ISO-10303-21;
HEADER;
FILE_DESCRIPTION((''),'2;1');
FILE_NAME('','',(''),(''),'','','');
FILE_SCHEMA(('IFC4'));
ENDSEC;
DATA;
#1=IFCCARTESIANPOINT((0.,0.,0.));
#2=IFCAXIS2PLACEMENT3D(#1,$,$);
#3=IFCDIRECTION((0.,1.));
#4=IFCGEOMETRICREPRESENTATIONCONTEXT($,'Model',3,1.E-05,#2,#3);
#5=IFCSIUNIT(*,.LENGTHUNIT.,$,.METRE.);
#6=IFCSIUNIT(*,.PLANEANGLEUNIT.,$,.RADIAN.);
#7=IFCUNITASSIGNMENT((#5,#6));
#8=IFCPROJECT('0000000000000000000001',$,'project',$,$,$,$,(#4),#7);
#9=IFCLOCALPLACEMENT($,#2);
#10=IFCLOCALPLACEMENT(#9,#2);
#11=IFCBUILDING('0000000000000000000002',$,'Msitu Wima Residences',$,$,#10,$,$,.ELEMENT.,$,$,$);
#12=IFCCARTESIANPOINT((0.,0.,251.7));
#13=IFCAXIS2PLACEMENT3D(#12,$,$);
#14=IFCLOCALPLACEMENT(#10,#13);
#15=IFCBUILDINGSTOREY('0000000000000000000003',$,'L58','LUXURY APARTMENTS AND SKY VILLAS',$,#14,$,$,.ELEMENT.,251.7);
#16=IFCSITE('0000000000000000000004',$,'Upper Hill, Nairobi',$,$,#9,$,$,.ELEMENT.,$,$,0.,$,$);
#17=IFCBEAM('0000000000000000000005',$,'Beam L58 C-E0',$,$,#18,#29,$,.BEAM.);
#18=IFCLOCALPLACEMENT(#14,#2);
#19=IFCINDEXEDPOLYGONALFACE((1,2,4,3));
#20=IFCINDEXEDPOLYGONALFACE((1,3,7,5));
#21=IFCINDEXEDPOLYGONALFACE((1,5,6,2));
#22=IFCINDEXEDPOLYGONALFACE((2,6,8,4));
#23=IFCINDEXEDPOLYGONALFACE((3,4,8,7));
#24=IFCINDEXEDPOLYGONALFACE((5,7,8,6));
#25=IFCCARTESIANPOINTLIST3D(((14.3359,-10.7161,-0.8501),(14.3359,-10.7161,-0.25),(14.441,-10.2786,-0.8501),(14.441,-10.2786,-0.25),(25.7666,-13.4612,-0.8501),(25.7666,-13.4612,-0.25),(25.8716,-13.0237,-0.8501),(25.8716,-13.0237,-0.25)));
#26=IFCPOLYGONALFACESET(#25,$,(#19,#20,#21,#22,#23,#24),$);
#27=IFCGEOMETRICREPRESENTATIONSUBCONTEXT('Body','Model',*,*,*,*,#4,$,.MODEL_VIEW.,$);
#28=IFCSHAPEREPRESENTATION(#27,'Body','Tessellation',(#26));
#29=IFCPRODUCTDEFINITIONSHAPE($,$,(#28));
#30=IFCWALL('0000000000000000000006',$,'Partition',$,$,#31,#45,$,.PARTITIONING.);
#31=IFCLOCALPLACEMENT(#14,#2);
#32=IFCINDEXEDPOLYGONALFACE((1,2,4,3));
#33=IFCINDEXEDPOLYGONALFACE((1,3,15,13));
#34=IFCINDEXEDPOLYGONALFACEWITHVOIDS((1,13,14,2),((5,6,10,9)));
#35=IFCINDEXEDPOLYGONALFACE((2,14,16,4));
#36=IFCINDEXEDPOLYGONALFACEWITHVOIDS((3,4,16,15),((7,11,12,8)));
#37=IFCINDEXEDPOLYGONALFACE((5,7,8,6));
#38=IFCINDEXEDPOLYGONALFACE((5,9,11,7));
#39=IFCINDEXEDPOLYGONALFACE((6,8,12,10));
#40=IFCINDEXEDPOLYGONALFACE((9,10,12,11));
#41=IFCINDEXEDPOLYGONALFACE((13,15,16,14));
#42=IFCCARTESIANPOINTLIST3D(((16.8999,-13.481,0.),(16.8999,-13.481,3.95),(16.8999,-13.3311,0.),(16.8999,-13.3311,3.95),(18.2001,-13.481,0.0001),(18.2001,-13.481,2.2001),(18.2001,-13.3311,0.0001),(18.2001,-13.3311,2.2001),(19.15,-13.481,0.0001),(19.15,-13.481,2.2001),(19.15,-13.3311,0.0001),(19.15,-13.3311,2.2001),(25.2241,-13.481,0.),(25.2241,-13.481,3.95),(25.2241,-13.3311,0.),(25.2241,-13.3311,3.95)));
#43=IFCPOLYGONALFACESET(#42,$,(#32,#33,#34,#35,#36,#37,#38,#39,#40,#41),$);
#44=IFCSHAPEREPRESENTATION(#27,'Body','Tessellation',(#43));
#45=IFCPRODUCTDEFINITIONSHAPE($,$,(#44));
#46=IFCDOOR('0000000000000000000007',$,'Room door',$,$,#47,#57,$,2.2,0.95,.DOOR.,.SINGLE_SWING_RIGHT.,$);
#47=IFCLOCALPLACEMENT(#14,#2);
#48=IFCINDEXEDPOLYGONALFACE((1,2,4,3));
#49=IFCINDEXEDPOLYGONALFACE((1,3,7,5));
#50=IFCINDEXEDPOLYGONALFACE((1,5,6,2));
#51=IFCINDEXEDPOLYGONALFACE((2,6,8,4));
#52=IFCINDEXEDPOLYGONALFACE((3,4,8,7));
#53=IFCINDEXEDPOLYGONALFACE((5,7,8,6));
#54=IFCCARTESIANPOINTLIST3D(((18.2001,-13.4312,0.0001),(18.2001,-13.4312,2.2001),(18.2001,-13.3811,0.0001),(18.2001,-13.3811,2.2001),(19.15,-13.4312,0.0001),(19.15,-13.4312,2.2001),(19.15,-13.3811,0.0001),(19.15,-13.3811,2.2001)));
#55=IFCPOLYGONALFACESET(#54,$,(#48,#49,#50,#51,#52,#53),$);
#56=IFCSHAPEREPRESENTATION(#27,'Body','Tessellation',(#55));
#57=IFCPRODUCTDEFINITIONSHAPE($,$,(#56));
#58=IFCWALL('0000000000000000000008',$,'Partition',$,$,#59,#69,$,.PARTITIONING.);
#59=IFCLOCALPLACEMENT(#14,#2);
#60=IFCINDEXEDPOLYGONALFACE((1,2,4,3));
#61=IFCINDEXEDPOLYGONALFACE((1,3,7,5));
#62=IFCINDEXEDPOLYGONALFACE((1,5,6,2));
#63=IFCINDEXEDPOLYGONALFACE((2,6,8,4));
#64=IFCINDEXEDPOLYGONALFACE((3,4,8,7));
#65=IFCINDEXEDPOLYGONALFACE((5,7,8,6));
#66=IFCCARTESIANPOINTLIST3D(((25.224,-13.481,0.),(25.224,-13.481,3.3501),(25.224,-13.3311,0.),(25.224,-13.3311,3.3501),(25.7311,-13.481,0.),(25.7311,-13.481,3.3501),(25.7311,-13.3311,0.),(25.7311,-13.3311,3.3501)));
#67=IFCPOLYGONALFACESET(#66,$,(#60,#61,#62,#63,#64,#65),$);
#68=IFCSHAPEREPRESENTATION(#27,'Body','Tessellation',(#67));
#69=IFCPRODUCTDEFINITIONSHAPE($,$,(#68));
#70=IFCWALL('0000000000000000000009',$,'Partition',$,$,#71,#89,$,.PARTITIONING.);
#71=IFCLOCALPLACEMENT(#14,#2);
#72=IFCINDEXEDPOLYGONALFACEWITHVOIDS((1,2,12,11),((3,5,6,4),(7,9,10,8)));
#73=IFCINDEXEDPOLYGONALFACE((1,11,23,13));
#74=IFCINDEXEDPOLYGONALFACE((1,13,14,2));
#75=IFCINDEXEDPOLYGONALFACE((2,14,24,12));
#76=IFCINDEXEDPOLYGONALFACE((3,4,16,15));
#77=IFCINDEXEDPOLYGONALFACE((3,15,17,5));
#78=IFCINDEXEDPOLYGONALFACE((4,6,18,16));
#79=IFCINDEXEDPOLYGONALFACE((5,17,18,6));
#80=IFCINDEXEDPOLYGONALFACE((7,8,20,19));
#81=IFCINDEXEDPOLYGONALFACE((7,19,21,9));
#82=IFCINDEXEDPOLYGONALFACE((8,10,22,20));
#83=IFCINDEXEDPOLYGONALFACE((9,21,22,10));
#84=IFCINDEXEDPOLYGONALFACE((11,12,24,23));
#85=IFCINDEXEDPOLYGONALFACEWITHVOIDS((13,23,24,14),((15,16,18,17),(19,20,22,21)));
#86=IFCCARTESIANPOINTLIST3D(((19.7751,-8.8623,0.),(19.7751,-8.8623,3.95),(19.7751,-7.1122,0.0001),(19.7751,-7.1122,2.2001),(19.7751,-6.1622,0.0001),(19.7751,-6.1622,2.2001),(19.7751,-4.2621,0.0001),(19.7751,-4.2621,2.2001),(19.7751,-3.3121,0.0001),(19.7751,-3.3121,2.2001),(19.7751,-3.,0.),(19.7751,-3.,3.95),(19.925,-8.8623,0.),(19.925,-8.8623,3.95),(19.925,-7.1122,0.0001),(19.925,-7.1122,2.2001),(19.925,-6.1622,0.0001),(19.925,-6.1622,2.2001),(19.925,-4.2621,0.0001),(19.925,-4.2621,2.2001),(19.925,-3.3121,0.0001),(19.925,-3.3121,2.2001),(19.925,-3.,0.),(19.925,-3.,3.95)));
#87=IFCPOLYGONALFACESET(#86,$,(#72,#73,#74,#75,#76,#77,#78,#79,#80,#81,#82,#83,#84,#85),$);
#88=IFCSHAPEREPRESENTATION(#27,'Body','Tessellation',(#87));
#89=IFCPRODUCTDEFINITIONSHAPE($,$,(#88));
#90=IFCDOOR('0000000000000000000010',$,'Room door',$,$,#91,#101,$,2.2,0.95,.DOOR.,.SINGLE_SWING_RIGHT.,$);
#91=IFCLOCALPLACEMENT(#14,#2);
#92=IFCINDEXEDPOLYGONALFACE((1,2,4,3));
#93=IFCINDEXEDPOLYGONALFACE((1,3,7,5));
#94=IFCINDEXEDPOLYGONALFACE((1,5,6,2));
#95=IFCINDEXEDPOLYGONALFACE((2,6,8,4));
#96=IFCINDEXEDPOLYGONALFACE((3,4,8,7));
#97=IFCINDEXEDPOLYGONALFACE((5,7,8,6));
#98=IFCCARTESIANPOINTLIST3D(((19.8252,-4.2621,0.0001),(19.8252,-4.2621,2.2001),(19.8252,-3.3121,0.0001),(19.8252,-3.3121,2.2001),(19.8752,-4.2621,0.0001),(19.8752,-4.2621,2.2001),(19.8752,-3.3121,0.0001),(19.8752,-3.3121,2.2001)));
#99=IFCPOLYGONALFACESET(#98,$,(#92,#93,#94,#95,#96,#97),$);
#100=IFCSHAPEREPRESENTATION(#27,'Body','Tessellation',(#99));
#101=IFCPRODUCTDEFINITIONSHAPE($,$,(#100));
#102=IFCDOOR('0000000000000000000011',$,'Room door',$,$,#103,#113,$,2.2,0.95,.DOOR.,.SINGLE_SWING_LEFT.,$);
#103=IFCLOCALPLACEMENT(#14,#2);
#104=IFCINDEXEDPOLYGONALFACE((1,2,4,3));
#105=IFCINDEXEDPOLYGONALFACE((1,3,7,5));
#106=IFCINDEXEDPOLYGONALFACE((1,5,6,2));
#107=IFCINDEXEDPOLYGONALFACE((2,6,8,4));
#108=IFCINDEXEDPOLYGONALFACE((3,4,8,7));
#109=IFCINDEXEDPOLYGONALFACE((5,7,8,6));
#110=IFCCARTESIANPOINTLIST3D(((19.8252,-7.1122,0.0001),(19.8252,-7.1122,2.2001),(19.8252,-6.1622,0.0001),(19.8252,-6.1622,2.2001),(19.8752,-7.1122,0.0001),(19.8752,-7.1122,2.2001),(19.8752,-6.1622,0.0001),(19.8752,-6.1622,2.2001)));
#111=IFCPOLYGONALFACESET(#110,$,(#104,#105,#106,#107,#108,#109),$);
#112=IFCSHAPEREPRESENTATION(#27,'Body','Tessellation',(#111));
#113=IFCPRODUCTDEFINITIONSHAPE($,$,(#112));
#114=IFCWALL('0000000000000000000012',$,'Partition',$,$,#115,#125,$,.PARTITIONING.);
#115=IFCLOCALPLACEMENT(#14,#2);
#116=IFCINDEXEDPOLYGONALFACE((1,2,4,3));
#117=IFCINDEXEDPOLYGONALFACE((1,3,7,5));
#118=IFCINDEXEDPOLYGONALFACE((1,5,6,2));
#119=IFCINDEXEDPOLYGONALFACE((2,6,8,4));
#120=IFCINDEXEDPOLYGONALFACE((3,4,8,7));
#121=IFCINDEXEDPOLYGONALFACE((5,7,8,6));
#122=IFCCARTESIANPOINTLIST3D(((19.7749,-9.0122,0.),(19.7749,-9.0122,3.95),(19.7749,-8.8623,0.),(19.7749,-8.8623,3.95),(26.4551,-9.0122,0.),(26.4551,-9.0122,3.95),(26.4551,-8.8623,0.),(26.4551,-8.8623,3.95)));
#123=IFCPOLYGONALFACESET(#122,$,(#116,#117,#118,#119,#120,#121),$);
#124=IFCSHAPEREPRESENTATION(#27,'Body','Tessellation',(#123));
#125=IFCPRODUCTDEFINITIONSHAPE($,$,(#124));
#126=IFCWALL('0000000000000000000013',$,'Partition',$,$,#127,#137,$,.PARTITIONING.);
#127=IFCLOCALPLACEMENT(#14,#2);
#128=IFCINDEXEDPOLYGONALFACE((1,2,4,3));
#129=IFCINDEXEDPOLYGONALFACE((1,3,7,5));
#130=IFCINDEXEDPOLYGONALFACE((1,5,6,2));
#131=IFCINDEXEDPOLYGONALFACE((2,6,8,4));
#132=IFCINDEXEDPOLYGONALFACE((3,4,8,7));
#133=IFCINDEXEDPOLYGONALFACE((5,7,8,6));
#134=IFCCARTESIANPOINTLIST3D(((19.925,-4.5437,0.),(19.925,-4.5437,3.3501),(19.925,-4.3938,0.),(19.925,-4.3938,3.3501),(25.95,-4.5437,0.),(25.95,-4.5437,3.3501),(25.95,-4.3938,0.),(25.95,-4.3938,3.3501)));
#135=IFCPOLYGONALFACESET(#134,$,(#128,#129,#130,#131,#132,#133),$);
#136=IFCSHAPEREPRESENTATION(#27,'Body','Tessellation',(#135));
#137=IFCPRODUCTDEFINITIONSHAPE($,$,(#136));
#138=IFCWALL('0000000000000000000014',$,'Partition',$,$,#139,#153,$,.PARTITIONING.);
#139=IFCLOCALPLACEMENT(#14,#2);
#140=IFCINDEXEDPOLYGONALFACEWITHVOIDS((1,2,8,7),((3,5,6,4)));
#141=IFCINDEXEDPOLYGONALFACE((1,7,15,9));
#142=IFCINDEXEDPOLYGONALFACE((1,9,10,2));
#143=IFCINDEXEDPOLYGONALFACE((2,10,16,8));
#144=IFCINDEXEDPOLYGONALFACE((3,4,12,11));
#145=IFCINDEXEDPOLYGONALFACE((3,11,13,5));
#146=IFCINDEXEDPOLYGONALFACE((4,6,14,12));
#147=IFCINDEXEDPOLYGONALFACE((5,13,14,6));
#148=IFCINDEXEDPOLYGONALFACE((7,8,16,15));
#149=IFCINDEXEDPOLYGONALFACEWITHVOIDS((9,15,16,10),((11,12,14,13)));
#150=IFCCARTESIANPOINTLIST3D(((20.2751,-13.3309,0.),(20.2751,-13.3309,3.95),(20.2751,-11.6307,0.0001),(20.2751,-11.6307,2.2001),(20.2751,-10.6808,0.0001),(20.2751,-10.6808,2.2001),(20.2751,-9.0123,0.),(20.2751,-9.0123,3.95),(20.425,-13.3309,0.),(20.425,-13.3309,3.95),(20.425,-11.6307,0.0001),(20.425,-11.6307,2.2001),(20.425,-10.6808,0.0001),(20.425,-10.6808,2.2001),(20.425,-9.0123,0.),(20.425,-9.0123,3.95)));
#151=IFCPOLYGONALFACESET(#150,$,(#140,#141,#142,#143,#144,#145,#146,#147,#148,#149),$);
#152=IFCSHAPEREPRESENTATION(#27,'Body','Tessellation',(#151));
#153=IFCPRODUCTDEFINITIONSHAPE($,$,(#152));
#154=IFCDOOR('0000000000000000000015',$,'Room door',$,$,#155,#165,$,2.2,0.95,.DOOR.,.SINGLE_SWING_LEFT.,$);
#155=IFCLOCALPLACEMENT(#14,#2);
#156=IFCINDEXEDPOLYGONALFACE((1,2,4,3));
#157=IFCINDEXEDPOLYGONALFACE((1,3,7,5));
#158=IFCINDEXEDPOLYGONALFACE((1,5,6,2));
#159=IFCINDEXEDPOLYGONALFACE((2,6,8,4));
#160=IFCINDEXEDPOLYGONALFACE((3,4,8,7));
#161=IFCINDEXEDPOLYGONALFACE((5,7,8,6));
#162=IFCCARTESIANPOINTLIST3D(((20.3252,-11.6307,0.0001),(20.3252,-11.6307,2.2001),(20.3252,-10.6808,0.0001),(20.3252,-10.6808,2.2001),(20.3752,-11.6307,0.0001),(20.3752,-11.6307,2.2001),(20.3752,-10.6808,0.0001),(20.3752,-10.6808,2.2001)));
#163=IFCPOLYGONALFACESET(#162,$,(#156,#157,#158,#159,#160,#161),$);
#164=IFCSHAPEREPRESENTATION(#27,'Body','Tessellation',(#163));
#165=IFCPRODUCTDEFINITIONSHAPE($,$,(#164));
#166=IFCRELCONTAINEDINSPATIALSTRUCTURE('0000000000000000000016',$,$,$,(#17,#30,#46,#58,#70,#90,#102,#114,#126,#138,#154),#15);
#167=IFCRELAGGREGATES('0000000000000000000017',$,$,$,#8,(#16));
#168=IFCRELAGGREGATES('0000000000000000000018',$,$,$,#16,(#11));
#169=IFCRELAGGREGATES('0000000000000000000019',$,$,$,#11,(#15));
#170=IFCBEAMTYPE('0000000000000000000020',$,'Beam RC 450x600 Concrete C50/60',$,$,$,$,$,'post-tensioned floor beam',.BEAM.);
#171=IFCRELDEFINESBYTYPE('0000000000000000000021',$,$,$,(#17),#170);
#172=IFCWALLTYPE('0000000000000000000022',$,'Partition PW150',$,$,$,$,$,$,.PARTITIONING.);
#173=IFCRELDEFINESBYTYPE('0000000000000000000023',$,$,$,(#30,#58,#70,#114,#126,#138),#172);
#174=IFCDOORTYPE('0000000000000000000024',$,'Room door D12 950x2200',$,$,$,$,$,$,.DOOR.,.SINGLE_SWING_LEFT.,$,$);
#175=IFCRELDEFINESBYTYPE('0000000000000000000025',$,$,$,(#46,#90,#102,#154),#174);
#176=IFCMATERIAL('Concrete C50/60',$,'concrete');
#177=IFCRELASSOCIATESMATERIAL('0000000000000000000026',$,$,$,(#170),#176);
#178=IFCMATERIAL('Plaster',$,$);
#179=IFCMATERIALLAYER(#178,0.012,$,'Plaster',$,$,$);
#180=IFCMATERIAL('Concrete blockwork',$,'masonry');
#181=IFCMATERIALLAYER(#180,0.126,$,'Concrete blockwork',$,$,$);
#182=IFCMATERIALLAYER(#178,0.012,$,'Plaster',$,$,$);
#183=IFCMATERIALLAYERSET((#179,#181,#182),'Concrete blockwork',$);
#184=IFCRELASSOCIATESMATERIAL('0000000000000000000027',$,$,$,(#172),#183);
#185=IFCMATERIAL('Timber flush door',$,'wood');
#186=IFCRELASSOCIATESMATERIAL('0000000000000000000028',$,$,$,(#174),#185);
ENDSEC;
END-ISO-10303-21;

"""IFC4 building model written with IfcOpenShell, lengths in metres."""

from ifc_helpers import new_model, si_unit, direction, frame, frame_2d, origin, origin_2d, place, context, subcontext, project, spatial, rectangle, extrude, material, layer, layer_set, material_profile, profile_set, type_object, element, fill, save


model = new_model("IFC4")

# Units and contexts
model_context = context("Model", 3, precision=1e-05, world=origin(), true_north=direction((0.0, 1.0)))
body_context = subcontext(model_context, "Body", "Model", "MODEL_VIEW")
ifc_project = project(units=[si_unit("LENGTHUNIT", "METRE"), si_unit("PLANEANGLEUNIT", "RADIAN")], contexts=[model_context])

# Site, building, storey
site_placement = place(None, origin())
site = spatial("IfcSite", under=ifc_project, at=site_placement, Name="Upper Hill, Nairobi", CompositionType="ELEMENT", RefElevation=0.0)
building_placement = place(site_placement, origin())
building = spatial("IfcBuilding", under=site, at=building_placement, Name="Msitu Wima Residences", CompositionType="ELEMENT")
storey_placement = place(building_placement, frame((0.0, 0.0, 251.7)))
storey = spatial("IfcBuildingStorey", under=building, at=storey_placement, Name="L58", Description="LUXURY APARTMENTS AND SKY VILLAS", CompositionType="ELEMENT", Elevation=251.7)

# Beam
ifc_material_1 = material(Name="Concrete C50/60", Category="concrete")
ifc_material_profile = material_profile(ifc_material_1, rectangle(XDim=0.45, YDim=0.6001, at=origin_2d()), Name="RC 450x600")
ifc_profile_set = profile_set([ifc_material_profile], Name="Concrete C50/60")
beam_type = type_object("IfcBeamType", Name="Beam RC 450x600 Concrete C50/60", ElementType="post-tensioned floor beam", PredefinedType="BEAM", material=ifc_profile_set)
beam_placement = place(storey_placement, frame((25.8191, -13.2424, -0.55), z_axis=(-0.972353, 0.233514, 0.0), x_axis=(-0.233514, -0.972353, 0.0)))
element("IfcBeam", 1, at=beam_placement, inside=storey, type_object=beam_type, Name="Beam L58 C-E0", PredefinedType="BEAM", context=body_context, shape_type="SweptSolid", body=[
    extrude(rectangle(XDim=0.45, YDim=0.6001, at=origin_2d()), origin(), (0.0, 0.0, 1.0), 11.7556),
])

# Wall, opening, door
ifc_material_2 = material(Name="Plaster")
ifc_layer_1 = layer(ifc_material_2, 0.012, Name="Plaster")
ifc_material_3 = material(Name="Concrete blockwork", Category="masonry")
ifc_layer_2 = layer(ifc_material_3, 0.126, Name="Concrete blockwork")
ifc_layer_3 = layer(ifc_material_2, 0.012, Name="Plaster")
ifc_layer_set_1 = layer_set([ifc_layer_1, ifc_layer_2, ifc_layer_3], Name="Concrete blockwork")
wall_type_1 = type_object("IfcWallType", Name="Partition PW150", PredefinedType="PARTITIONING", material=ifc_layer_set_1)
wall_1_placement = place(storey_placement, frame((16.8999, -13.406, 0.0), z_axis=(0.0, 0.0, 1.0), x_axis=(1.0, 0.0, 0.0)))
wall_1 = element("IfcWall", 2, at=wall_1_placement, inside=storey, type_object=wall_type_1, Name="Partition", PredefinedType="PARTITIONING", context=body_context, shape_type="SweptSolid", body=[
    extrude(rectangle(XDim=8.3242, YDim=0.1499, at=frame_2d((4.1621, 0.0))), origin(), (0.0, 0.0, 1.0), 3.95),
])
opening_1_placement = place(wall_1_placement, frame((1.3, 0.0, 0.0)))
opening_1 = element("IfcOpeningElement", 3, at=opening_1_placement, cuts=wall_1, PredefinedType="OPENING", context=body_context, shape_type="SweptSolid", body=[
    extrude(rectangle(XDim=0.95, YDim=2.2, at=frame_2d((0.4751, 1.1001))), frame((0.0, 0.085, 0.0), z_axis=(0.0, -1.0, 0.0), x_axis=(1.0, 0.0, 0.0)), (0.0, 0.0, 1.0), 0.1699),
])
ifc_material_4 = material(Name="Timber flush door", Category="wood")
door_type_1 = type_object("IfcDoorType", Name="Room door D12 950x2200", OperationType="SINGLE_SWING_LEFT", PredefinedType="DOOR", material=ifc_material_4)
door_1_placement = place(opening_1_placement, origin())
door_1 = element("IfcDoor", 4, at=door_1_placement, inside=storey, type_object=door_type_1, Name="Room door", OperationType="SINGLE_SWING_RIGHT", OverallHeight=2.2, OverallWidth=0.95, PredefinedType="DOOR", context=body_context, shape_type="SweptSolid", body=[
    extrude(rectangle(XDim=0.95, YDim=2.2, at=frame_2d((0.4751, 1.1001))), frame((0.0, 0.0249, 0.0), z_axis=(0.0, -1.0, 0.0), x_axis=(1.0, 0.0, 0.0)), (0.0, 0.0, 1.0), 0.05),
])
fill(opening_1, door_1)

# Wall
wall_2_placement = place(storey_placement, frame((25.2241, -13.406, 0.0), z_axis=(0.0, 0.0, 1.0), x_axis=(1.0, 0.0, 0.0)))
element("IfcWall", 5, at=wall_2_placement, inside=storey, type_object=wall_type_1, Name="Partition", PredefinedType="PARTITIONING", context=body_context, shape_type="SweptSolid", body=[
    extrude(rectangle(XDim=0.5071, YDim=0.1499, at=frame_2d((0.2534, 0.0))), origin(), (0.0, 0.0, 1.0), 3.3501),
])

# Wall, openings, doors
wall_3_placement = place(storey_placement, frame((19.8501, -8.8623, 0.0), z_axis=(0.0, 0.0, 1.0), x_axis=(0.0, 1.0, 0.0)))
wall_3 = element("IfcWall", 6, at=wall_3_placement, inside=storey, type_object=wall_type_1, Name="Partition", PredefinedType="PARTITIONING", context=body_context, shape_type="SweptSolid", body=[
    extrude(rectangle(XDim=5.8623, YDim=0.1499, at=frame_2d((2.9312, 0.0))), origin(), (0.0, 0.0, 1.0), 3.95),
])
opening_2_placement = place(wall_3_placement, frame((4.6001, 0.0, 0.0)))
opening_2 = element("IfcOpeningElement", 7, at=opening_2_placement, cuts=wall_3, PredefinedType="OPENING", context=body_context, shape_type="SweptSolid", body=[
    extrude(rectangle(XDim=0.95, YDim=2.2, at=frame_2d((0.4751, 1.1001))), frame((0.0, 0.085, 0.0), z_axis=(0.0, -1.0, 0.0), x_axis=(1.0, 0.0, 0.0)), (0.0, 0.0, 1.0), 0.1699),
])
opening_3_placement = place(wall_3_placement, frame((1.75, 0.0, 0.0)))
opening_3 = element("IfcOpeningElement", 8, at=opening_3_placement, cuts=wall_3, PredefinedType="OPENING", context=body_context, shape_type="SweptSolid", body=[
    extrude(rectangle(XDim=0.95, YDim=2.2, at=frame_2d((0.4751, 1.1001))), frame((0.0, 0.085, 0.0), z_axis=(0.0, -1.0, 0.0), x_axis=(1.0, 0.0, 0.0)), (0.0, 0.0, 1.0), 0.1699),
])
door_2_placement = place(opening_2_placement, origin())
door_2 = element("IfcDoor", 9, at=door_2_placement, inside=storey, type_object=door_type_1, Name="Room door", OperationType="SINGLE_SWING_RIGHT", OverallHeight=2.2, OverallWidth=0.95, PredefinedType="DOOR", context=body_context, shape_type="SweptSolid", body=[
    extrude(rectangle(XDim=0.95, YDim=2.2, at=frame_2d((0.4751, 1.1001))), frame((0.0, 0.0249, 0.0), z_axis=(0.0, -1.0, 0.0), x_axis=(1.0, 0.0, 0.0)), (0.0, 0.0, 1.0), 0.05),
])
fill(opening_2, door_2)
door_3_placement = place(opening_3_placement, origin())
door_3 = element("IfcDoor", 10, at=door_3_placement, inside=storey, type_object=door_type_1, Name="Room door", OperationType="SINGLE_SWING_LEFT", OverallHeight=2.2, OverallWidth=0.95, PredefinedType="DOOR", context=body_context, shape_type="SweptSolid", body=[
    extrude(rectangle(XDim=0.95, YDim=2.2, at=frame_2d((0.4751, 1.1001))), frame((0.0, 0.0249, 0.0), z_axis=(0.0, -1.0, 0.0), x_axis=(1.0, 0.0, 0.0)), (0.0, 0.0, 1.0), 0.05),
])
fill(opening_3, door_3)

# Walls
wall_4_placement = place(storey_placement, frame((19.7749, -8.9373, 0.0), z_axis=(0.0, 0.0, 1.0), x_axis=(1.0, 0.0, 0.0)))
element("IfcWall", 11, at=wall_4_placement, inside=storey, type_object=wall_type_1, Name="Partition", PredefinedType="PARTITIONING", context=body_context, shape_type="SweptSolid", body=[
    extrude(rectangle(XDim=6.6802, YDim=0.1499, at=frame_2d((3.3401, 0.0))), origin(), (0.0, 0.0, 1.0), 3.95),
])
wall_5_placement = place(storey_placement, frame((19.925, -4.4688, 0.0), z_axis=(0.0, 0.0, 1.0), x_axis=(1.0, 0.0, 0.0)))
element("IfcWall", 12, at=wall_5_placement, inside=storey, type_object=wall_type_1, Name="Partition", PredefinedType="PARTITIONING", context=body_context, shape_type="SweptSolid", body=[
    extrude(rectangle(XDim=6.0249, YDim=0.1499, at=frame_2d((3.0125, 0.0))), origin(), (0.0, 0.0, 1.0), 3.3501),
])

# Wall, opening, door
wall_6_placement = place(storey_placement, frame((20.3501, -13.3308, 0.0), z_axis=(0.0, 0.0, 1.0), x_axis=(0.0, 1.0, 0.0)))
wall_6 = element("IfcWall", 13, at=wall_6_placement, inside=storey, type_object=wall_type_1, Name="Partition", PredefinedType="PARTITIONING", context=body_context, shape_type="SweptSolid", body=[
    extrude(rectangle(XDim=4.3186, YDim=0.1499, at=frame_2d((2.1592, 0.0))), origin(), (0.0, 0.0, 1.0), 3.95),
])
opening_4_placement = place(wall_6_placement, frame((1.7, 0.0, 0.0)))
opening_4 = element("IfcOpeningElement", 14, at=opening_4_placement, cuts=wall_6, PredefinedType="OPENING", context=body_context, shape_type="SweptSolid", body=[
    extrude(rectangle(XDim=0.95, YDim=2.2, at=frame_2d((0.4751, 1.1001))), frame((0.0, 0.085, 0.0), z_axis=(0.0, -1.0, 0.0), x_axis=(1.0, 0.0, 0.0)), (0.0, 0.0, 1.0), 0.1699),
])
door_4_placement = place(opening_4_placement, origin())
door_4 = element("IfcDoor", 15, at=door_4_placement, inside=storey, type_object=door_type_1, Name="Room door", OperationType="SINGLE_SWING_LEFT", OverallHeight=2.2, OverallWidth=0.95, PredefinedType="DOOR", context=body_context, shape_type="SweptSolid", body=[
    extrude(rectangle(XDim=0.95, YDim=2.2, at=frame_2d((0.4751, 1.1001))), frame((0.0, 0.0249, 0.0), z_axis=(0.0, -1.0, 0.0), x_axis=(1.0, 0.0, 0.0)), (0.0, 0.0, 1.0), 0.05),
])
fill(opening_4, door_4)

save(model, "model.ifc")
